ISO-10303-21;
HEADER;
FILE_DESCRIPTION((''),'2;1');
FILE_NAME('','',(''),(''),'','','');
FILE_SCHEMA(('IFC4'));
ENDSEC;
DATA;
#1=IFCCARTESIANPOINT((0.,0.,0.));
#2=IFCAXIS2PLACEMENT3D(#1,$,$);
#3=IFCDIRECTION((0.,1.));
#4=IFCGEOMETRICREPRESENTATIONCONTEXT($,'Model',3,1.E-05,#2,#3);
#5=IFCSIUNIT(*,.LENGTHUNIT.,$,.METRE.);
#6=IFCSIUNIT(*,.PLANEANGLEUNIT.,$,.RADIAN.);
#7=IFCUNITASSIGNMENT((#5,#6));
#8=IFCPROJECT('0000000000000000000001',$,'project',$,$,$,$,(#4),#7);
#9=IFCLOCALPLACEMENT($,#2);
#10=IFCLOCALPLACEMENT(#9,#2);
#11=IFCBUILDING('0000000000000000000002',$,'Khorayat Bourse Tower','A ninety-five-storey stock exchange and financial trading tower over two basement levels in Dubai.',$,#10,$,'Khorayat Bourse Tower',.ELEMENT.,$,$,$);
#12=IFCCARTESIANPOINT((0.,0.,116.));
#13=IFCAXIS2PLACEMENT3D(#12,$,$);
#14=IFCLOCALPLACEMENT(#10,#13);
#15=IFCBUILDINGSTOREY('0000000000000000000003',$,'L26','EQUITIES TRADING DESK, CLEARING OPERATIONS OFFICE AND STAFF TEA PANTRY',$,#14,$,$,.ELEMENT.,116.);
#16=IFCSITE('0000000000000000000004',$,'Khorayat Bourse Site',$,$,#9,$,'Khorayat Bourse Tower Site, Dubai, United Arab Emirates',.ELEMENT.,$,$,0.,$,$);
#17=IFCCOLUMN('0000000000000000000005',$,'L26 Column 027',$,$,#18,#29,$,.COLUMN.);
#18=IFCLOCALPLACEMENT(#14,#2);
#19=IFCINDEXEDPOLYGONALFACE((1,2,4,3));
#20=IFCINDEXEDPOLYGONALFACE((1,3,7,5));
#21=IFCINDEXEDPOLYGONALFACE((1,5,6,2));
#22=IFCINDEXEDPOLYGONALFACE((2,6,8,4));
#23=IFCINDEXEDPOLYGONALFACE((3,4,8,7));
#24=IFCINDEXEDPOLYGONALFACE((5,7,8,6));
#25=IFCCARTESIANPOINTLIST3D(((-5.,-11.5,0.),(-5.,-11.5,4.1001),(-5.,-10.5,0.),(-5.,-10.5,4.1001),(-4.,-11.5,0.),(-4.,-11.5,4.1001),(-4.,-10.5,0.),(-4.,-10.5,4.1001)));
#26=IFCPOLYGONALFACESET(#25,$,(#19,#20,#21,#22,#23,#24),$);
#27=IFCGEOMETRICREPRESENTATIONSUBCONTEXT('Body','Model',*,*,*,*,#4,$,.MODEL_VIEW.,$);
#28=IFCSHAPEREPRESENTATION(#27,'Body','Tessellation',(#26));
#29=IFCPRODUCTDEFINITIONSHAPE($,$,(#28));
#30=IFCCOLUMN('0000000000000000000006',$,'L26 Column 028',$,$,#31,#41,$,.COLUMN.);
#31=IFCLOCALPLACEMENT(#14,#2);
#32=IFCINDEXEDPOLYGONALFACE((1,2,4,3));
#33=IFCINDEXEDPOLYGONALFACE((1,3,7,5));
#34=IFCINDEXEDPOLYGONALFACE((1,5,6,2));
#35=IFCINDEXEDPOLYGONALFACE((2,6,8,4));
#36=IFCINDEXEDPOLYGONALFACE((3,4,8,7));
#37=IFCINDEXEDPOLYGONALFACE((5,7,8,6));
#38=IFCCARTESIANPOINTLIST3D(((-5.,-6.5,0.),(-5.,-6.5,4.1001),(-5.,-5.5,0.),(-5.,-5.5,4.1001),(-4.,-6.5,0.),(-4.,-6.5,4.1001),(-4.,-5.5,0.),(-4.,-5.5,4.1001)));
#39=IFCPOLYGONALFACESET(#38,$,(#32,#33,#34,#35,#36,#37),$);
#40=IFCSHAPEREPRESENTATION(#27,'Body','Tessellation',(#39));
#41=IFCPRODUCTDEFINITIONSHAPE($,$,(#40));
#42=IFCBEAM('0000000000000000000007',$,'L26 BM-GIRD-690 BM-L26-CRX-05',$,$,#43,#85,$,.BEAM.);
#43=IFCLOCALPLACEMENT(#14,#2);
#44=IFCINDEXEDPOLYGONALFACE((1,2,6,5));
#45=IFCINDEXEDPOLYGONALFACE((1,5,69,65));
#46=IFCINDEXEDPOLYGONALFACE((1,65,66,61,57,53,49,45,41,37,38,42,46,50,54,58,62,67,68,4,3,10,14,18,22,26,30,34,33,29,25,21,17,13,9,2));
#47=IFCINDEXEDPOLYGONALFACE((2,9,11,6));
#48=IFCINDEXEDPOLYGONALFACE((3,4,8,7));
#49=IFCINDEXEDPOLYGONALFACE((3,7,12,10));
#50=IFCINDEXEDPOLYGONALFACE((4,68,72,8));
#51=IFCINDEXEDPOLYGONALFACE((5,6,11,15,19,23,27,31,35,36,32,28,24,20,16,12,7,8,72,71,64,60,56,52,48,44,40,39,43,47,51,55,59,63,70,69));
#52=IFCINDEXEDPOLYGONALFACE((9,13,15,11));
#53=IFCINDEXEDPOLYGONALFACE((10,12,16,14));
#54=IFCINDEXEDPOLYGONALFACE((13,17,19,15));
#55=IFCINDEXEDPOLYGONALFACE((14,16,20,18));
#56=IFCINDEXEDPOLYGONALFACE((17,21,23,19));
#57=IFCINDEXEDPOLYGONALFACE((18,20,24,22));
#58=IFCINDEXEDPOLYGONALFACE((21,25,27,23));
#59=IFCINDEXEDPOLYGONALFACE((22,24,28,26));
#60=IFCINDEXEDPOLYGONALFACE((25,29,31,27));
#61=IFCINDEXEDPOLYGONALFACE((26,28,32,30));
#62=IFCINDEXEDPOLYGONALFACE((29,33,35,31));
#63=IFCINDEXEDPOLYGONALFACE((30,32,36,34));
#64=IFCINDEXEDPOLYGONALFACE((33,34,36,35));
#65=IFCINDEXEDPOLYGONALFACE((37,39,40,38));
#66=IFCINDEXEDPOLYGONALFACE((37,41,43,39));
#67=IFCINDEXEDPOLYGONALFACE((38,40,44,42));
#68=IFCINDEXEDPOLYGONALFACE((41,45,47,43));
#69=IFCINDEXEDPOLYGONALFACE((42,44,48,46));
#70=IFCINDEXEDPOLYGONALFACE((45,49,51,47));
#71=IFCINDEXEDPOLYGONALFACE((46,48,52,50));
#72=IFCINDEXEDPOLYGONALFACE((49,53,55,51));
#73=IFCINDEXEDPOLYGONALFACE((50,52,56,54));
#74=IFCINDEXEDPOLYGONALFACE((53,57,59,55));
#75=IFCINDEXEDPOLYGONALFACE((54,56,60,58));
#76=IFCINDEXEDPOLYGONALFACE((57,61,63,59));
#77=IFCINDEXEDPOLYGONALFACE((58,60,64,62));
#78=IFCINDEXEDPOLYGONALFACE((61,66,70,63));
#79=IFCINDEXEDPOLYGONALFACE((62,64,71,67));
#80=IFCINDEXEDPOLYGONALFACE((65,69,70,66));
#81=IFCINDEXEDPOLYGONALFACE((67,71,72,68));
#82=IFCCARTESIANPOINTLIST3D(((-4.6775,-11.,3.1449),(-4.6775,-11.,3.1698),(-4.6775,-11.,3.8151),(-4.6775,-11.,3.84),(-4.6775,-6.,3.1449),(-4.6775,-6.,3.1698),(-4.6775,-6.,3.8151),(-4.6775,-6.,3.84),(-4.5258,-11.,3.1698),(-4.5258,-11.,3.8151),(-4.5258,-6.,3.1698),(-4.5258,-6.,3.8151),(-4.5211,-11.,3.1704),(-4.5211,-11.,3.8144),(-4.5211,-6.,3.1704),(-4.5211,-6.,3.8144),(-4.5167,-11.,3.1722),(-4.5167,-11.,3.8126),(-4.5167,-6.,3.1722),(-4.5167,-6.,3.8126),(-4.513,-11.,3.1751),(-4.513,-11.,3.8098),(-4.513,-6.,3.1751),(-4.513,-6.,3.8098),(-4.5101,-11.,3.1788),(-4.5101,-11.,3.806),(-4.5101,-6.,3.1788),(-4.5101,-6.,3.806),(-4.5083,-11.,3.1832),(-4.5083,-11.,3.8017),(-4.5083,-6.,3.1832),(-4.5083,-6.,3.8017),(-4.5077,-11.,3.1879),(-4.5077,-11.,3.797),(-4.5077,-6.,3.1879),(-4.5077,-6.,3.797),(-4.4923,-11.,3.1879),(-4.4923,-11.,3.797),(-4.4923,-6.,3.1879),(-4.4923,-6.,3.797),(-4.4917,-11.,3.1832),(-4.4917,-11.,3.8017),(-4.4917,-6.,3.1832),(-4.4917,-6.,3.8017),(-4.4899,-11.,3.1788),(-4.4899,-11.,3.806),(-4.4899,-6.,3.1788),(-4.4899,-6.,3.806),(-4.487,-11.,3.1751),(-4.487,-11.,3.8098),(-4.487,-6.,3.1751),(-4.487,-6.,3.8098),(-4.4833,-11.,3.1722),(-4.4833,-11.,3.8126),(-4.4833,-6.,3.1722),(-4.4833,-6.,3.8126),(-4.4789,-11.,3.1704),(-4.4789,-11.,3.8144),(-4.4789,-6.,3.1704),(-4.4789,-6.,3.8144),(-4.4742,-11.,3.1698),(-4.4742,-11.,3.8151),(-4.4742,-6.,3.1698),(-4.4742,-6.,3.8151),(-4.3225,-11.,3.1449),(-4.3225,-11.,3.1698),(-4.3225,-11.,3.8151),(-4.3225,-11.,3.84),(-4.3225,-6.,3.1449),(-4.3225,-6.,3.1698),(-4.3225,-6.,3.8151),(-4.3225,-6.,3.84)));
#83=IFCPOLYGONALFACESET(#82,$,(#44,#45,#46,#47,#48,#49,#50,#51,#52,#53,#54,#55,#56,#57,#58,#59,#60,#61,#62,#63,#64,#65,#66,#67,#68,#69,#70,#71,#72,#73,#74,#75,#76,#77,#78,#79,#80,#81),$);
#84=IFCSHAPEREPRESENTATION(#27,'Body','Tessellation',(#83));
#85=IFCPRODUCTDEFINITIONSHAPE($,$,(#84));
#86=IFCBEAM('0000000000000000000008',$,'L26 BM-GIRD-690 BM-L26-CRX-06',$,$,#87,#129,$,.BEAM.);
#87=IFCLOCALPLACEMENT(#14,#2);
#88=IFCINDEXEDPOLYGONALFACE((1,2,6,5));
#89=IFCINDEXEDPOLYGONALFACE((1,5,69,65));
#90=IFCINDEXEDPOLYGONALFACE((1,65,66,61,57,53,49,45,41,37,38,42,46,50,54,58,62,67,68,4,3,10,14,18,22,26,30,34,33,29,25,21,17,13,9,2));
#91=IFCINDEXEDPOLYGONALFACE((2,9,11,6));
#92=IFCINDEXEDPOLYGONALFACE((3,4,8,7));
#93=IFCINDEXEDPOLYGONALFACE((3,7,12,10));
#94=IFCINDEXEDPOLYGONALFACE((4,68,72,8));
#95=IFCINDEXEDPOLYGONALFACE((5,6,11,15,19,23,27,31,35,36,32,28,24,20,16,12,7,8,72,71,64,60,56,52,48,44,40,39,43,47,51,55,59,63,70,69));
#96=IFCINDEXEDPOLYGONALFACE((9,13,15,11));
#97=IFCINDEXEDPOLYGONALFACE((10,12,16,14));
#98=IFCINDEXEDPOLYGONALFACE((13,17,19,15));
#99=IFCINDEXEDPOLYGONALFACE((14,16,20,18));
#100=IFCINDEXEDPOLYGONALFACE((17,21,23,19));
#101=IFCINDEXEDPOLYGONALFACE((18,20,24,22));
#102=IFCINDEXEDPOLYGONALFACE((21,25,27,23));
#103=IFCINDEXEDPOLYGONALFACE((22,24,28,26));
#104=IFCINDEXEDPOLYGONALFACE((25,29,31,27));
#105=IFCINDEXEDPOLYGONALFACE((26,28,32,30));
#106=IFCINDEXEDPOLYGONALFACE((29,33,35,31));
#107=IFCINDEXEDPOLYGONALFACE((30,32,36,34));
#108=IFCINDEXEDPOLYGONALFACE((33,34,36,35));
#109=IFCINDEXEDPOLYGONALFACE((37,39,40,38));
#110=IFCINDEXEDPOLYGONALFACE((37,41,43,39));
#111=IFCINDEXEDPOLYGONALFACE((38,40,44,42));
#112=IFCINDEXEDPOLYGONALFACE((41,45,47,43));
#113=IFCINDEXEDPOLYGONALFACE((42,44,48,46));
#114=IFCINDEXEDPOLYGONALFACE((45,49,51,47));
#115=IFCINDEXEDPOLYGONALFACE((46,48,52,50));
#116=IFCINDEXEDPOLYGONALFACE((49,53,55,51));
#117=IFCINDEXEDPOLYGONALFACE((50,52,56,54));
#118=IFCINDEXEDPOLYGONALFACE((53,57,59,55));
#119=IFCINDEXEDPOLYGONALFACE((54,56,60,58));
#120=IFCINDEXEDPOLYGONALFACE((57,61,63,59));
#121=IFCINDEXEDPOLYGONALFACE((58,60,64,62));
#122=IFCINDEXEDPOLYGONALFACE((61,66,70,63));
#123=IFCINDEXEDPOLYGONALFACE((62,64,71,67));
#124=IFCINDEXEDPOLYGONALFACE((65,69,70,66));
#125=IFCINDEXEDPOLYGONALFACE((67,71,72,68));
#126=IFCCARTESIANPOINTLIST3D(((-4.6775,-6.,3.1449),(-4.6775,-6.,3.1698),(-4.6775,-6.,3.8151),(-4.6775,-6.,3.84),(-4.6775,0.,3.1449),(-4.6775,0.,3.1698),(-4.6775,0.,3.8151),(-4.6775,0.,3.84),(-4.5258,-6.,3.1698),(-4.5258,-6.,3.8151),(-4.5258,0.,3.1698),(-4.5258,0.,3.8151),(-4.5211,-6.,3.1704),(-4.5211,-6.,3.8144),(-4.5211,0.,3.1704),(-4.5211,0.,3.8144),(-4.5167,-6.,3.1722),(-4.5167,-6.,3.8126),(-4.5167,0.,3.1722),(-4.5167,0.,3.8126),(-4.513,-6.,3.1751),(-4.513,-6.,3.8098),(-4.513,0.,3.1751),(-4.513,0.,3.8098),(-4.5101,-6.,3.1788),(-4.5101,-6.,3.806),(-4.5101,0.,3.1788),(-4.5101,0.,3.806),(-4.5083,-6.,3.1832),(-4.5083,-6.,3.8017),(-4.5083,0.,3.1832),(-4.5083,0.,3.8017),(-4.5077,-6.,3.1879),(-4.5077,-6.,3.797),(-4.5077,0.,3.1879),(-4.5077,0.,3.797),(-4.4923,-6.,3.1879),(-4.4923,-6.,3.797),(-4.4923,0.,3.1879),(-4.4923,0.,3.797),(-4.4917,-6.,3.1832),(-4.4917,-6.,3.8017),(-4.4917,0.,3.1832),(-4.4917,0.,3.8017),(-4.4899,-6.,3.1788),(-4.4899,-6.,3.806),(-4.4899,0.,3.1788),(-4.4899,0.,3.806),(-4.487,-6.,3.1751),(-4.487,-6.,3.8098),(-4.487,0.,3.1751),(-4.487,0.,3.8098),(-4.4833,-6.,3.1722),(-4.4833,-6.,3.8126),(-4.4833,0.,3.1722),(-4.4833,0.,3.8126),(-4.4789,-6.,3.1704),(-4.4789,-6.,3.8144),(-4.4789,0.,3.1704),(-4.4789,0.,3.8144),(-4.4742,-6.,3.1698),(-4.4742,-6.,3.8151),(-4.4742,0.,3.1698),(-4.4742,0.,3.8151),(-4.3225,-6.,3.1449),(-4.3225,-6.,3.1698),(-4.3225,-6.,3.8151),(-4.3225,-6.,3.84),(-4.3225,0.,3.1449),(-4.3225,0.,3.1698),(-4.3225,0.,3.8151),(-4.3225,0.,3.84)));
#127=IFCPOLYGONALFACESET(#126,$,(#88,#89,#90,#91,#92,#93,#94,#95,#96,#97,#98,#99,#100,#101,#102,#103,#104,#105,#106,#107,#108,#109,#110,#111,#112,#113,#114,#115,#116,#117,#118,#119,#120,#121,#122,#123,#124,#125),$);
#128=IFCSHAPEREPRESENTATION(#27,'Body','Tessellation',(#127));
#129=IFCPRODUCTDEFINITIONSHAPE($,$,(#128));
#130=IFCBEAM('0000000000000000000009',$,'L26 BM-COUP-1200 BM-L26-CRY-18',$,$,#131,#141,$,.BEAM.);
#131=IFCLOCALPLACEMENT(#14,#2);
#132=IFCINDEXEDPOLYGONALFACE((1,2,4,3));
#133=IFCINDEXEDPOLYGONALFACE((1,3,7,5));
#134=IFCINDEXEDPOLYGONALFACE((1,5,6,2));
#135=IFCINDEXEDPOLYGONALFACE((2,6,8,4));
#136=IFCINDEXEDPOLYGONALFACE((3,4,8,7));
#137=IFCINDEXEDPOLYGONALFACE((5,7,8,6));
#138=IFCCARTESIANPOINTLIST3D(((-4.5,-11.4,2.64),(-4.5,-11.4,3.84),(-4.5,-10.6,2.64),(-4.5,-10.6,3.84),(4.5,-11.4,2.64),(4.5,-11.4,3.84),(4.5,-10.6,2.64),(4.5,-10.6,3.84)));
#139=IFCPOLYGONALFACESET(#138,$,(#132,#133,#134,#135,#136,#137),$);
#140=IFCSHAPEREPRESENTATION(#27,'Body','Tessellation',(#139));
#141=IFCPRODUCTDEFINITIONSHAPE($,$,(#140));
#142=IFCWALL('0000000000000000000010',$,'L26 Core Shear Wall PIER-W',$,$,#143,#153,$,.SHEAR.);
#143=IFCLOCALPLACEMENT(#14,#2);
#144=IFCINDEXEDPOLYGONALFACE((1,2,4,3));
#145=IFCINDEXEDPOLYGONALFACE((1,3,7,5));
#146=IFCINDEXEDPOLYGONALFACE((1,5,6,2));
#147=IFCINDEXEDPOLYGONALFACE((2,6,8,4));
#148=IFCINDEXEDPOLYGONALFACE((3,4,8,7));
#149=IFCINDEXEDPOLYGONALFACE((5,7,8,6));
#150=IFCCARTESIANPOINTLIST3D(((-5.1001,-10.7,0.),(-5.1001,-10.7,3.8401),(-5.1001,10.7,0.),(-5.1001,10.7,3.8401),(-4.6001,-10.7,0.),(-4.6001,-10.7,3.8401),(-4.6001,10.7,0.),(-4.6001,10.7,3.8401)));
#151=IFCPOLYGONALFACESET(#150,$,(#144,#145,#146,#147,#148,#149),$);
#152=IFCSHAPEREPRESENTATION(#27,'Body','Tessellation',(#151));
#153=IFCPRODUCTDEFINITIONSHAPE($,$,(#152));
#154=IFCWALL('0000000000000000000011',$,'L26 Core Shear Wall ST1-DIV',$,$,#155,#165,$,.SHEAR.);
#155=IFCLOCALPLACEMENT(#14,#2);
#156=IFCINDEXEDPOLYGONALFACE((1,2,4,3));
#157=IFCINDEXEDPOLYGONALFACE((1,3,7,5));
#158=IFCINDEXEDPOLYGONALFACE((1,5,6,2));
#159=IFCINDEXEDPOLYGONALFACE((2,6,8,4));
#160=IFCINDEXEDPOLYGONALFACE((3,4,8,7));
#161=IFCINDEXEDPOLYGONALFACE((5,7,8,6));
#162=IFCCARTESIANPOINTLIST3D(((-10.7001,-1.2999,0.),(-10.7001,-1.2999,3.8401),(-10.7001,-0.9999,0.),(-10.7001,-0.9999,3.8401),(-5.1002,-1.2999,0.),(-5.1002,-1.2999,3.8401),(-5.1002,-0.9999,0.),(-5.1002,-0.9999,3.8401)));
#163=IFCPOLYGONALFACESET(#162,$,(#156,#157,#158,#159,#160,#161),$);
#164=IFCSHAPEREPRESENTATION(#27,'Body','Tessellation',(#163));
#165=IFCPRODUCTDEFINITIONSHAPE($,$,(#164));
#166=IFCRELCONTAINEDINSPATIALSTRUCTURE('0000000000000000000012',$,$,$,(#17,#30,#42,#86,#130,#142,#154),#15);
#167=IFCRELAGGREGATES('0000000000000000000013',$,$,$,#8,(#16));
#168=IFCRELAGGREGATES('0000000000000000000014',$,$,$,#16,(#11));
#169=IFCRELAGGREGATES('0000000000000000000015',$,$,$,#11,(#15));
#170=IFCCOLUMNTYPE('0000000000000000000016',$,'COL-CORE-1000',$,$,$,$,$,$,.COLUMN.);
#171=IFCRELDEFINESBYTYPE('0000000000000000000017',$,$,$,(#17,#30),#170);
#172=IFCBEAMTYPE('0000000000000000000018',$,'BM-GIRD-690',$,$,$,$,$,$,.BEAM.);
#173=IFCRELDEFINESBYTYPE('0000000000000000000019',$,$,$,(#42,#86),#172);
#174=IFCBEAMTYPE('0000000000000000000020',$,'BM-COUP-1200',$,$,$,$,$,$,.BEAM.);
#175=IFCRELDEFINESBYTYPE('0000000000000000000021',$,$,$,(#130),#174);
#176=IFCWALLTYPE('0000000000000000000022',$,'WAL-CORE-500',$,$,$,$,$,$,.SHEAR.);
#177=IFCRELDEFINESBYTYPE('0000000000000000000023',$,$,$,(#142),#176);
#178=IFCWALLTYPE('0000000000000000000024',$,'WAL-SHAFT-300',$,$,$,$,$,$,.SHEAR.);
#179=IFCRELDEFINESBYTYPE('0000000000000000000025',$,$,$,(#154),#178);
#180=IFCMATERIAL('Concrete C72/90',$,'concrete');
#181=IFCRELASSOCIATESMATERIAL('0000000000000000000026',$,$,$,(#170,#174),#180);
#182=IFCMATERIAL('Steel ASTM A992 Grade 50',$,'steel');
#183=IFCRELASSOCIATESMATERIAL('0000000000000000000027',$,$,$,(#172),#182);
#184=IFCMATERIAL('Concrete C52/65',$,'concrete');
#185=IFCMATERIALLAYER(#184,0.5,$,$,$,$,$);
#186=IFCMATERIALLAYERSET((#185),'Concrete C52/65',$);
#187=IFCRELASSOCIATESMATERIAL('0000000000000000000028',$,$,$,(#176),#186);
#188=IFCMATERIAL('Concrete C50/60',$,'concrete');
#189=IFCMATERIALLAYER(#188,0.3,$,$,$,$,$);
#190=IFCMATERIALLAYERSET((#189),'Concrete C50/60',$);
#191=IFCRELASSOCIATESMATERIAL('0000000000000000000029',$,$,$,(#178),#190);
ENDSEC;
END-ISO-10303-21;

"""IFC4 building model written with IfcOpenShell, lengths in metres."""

from ifc_helpers import new_model, si_unit, direction, frame, frame_2d, origin, origin_2d, place, context, subcontext, project, spatial, rectangle, i_section, extrude, source, transform, mapped, material, layer, layer_set, material_profile, profile_set, type_object, element, save


model = new_model("IFC4")

# Units and contexts
model_context = context("Model", 3, precision=1e-05, world=origin(), true_north=direction((0.0, 1.0)))
body_context = subcontext(model_context, "Body", "Model", "MODEL_VIEW")
ifc_project = project(units=[si_unit("LENGTHUNIT", "METRE"), si_unit("PLANEANGLEUNIT", "RADIAN")], contexts=[model_context])

# Site, building, storey
site_placement = place(None, origin())
site = spatial("IfcSite", under=ifc_project, at=site_placement, Name="Khorayat Bourse Site", LongName="Khorayat Bourse Tower Site, Dubai, United Arab Emirates", CompositionType="ELEMENT", RefElevation=0.0)
building_placement = place(site_placement, origin())
building = spatial("IfcBuilding", under=site, at=building_placement, Name="Khorayat Bourse Tower", Description="A ninety-five-storey stock exchange and financial trading tower over two basement levels in Dubai.", LongName="Khorayat Bourse Tower", CompositionType="ELEMENT")
storey_placement = place(building_placement, frame((0.0, 0.0, 116.0)))
storey = spatial("IfcBuildingStorey", under=building, at=storey_placement, Name="L26", Description="EQUITIES TRADING DESK, CLEARING OPERATIONS OFFICE AND STAFF TEA PANTRY", CompositionType="ELEMENT", Elevation=116.0)

# Columns
ifc_material_1 = material(Name="Concrete C72/90", Category="concrete")
ifc_material_profile_1 = material_profile(ifc_material_1, rectangle(XDim=1.0, YDim=1.0, at=origin_2d()), Name="RC 1000x1000")
ifc_profile_set_1 = profile_set([ifc_material_profile_1], Name="Concrete C72/90")
column_type = type_object("IfcColumnType", Name="COL-CORE-1000", PredefinedType="COLUMN", material=ifc_profile_set_1)
shared_shape_1 = source(origin(), body_context, "Body", "SweptSolid", [
    extrude(rectangle(XDim=1.0, YDim=1.0, at=origin_2d()), origin(), (0.0, 0.0, 1.0), 4.1001),
])
for number, where, z_axis, x_axis, name in (
    (1, (-4.5, -11.0, 0.0), (0.0, 0.0, 1.0), (1.0, 0.0, 0.0), "L26 Column 027"),
    (2, (-4.5, -6.0, 0.0), (0.0, 0.0, 1.0), (1.0, 0.0, 0.0), "L26 Column 028"),
):
    element("IfcColumn", number, at=place(storey_placement, frame(where, z_axis=z_axis, x_axis=x_axis)), inside=storey, type_object=column_type, Name=name, PredefinedType="COLUMN", context=body_context, shape_type="MappedRepresentation", body=[
        mapped(shared_shape_1, transform((0.0, 0.0, 0.0), scale=1.0)),
    ])

# Beams
ifc_material_2 = material(Name="Steel ASTM A992 Grade 50", Category="steel")
ifc_material_profile_2 = material_profile(ifc_material_2, i_section(OverallWidth=0.355, OverallDepth=0.6951, WebThickness=0.0154, FlangeThickness=0.0249, FilletRadius=0.0181, at=origin_2d()), Name="W690X217")
ifc_profile_set_2 = profile_set([ifc_material_profile_2], Name="Steel ASTM A992 Grade 50")
beam_type_1 = type_object("IfcBeamType", Name="BM-GIRD-690", PredefinedType="BEAM", material=ifc_profile_set_2)
shared_shape_2 = source(origin(), body_context, "Body", "SweptSolid", [
    extrude(i_section(OverallWidth=0.355, OverallDepth=0.6951, WebThickness=0.0154, FlangeThickness=0.0249, FilletRadius=0.0181, at=origin_2d()), origin(), (0.0, 0.0, 1.0), 5.0),
])
beam_1_placement = place(storey_placement, frame((-4.5, -11.0, 3.4924), z_axis=(0.0, 1.0, 0.0), x_axis=(-1.0, 0.0, 0.0)))
element("IfcBeam", 3, at=beam_1_placement, inside=storey, type_object=beam_type_1, Name="L26 BM-GIRD-690 BM-L26-CRX-05", PredefinedType="BEAM", context=body_context, shape_type="MappedRepresentation", body=[
    mapped(shared_shape_2, transform((0.0, 0.0, 0.0), scale=1.0)),
])
shared_shape_3 = source(origin(), body_context, "Body", "SweptSolid", [
    extrude(i_section(OverallWidth=0.355, OverallDepth=0.6951, WebThickness=0.0154, FlangeThickness=0.0249, FilletRadius=0.0181, at=origin_2d()), origin(), (0.0, 0.0, 1.0), 6.0),
])
beam_2_placement = place(storey_placement, frame((-4.5, -6.0, 3.4924), z_axis=(0.0, 1.0, 0.0), x_axis=(-1.0, 0.0, 0.0)))
element("IfcBeam", 4, at=beam_2_placement, inside=storey, type_object=beam_type_1, Name="L26 BM-GIRD-690 BM-L26-CRX-06", PredefinedType="BEAM", context=body_context, shape_type="MappedRepresentation", body=[
    mapped(shared_shape_3, transform((0.0, 0.0, 0.0), scale=1.0)),
])
ifc_material_profile_3 = material_profile(ifc_material_1, rectangle(XDim=0.8, YDim=1.2, at=origin_2d()), Name="RC 800x1200")
ifc_profile_set_3 = profile_set([ifc_material_profile_3], Name="Concrete C72/90")
beam_type_2 = type_object("IfcBeamType", Name="BM-COUP-1200", PredefinedType="BEAM", material=ifc_profile_set_3)
shared_shape_4 = source(origin(), body_context, "Body", "SweptSolid", [
    extrude(rectangle(XDim=0.8, YDim=1.2, at=origin_2d()), origin(), (0.0, 0.0, 1.0), 9.0),
])
beam_3_placement = place(storey_placement, frame((-4.5, -11.0, 3.24), z_axis=(1.0, 0.0, 0.0), x_axis=(0.0, 1.0, 0.0)))
element("IfcBeam", 5, at=beam_3_placement, inside=storey, type_object=beam_type_2, Name="L26 BM-COUP-1200 BM-L26-CRY-18", PredefinedType="BEAM", context=body_context, shape_type="MappedRepresentation", body=[
    mapped(shared_shape_4, transform((0.0, 0.0, 0.0), scale=1.0)),
])

# Walls
ifc_material_3 = material(Name="Concrete C52/65", Category="concrete")
ifc_layer_1 = layer(ifc_material_3, 0.5)
ifc_layer_set_1 = layer_set([ifc_layer_1], Name="Concrete C52/65")
wall_type_1 = type_object("IfcWallType", Name="WAL-CORE-500", PredefinedType="SHEAR", material=ifc_layer_set_1)
shared_shape_5 = source(origin(), body_context, "Body", "SweptSolid", [
    extrude(rectangle(XDim=21.3999, YDim=0.5, at=frame_2d((10.7, 0.0))), origin(), (0.0, 0.0, 1.0), 3.8401),
])
wall_1_placement = place(storey_placement, frame((-4.8501, -10.7, 0.0), z_axis=(0.0, 0.0, 1.0), x_axis=(0.0, 1.0, 0.0)))
element("IfcWall", 6, at=wall_1_placement, inside=storey, type_object=wall_type_1, Name="L26 Core Shear Wall PIER-W", PredefinedType="SHEAR", context=body_context, shape_type="MappedRepresentation", body=[
    mapped(shared_shape_5, transform((0.0, 0.0, 0.0), scale=1.0)),
])
ifc_material_4 = material(Name="Concrete C50/60", Category="concrete")
ifc_layer_2 = layer(ifc_material_4, 0.3)
ifc_layer_set_2 = layer_set([ifc_layer_2], Name="Concrete C50/60")
wall_type_2 = type_object("IfcWallType", Name="WAL-SHAFT-300", PredefinedType="SHEAR", material=ifc_layer_set_2)
shared_shape_6 = source(origin(), body_context, "Body", "SweptSolid", [
    extrude(rectangle(XDim=5.5999, YDim=0.3, at=frame_2d((2.7998, 0.0))), origin(), (0.0, 0.0, 1.0), 3.8401),
])
wall_2_placement = place(storey_placement, frame((-10.7, -1.1499, 0.0), z_axis=(0.0, 0.0, 1.0), x_axis=(1.0, 0.0, 0.0)))
element("IfcWall", 7, at=wall_2_placement, inside=storey, type_object=wall_type_2, Name="L26 Core Shear Wall ST1-DIV", PredefinedType="SHEAR", context=body_context, shape_type="MappedRepresentation", body=[
    mapped(shared_shape_6, transform((0.0, 0.0, 0.0), scale=1.0)),
])

save(model, "model.ifc")
